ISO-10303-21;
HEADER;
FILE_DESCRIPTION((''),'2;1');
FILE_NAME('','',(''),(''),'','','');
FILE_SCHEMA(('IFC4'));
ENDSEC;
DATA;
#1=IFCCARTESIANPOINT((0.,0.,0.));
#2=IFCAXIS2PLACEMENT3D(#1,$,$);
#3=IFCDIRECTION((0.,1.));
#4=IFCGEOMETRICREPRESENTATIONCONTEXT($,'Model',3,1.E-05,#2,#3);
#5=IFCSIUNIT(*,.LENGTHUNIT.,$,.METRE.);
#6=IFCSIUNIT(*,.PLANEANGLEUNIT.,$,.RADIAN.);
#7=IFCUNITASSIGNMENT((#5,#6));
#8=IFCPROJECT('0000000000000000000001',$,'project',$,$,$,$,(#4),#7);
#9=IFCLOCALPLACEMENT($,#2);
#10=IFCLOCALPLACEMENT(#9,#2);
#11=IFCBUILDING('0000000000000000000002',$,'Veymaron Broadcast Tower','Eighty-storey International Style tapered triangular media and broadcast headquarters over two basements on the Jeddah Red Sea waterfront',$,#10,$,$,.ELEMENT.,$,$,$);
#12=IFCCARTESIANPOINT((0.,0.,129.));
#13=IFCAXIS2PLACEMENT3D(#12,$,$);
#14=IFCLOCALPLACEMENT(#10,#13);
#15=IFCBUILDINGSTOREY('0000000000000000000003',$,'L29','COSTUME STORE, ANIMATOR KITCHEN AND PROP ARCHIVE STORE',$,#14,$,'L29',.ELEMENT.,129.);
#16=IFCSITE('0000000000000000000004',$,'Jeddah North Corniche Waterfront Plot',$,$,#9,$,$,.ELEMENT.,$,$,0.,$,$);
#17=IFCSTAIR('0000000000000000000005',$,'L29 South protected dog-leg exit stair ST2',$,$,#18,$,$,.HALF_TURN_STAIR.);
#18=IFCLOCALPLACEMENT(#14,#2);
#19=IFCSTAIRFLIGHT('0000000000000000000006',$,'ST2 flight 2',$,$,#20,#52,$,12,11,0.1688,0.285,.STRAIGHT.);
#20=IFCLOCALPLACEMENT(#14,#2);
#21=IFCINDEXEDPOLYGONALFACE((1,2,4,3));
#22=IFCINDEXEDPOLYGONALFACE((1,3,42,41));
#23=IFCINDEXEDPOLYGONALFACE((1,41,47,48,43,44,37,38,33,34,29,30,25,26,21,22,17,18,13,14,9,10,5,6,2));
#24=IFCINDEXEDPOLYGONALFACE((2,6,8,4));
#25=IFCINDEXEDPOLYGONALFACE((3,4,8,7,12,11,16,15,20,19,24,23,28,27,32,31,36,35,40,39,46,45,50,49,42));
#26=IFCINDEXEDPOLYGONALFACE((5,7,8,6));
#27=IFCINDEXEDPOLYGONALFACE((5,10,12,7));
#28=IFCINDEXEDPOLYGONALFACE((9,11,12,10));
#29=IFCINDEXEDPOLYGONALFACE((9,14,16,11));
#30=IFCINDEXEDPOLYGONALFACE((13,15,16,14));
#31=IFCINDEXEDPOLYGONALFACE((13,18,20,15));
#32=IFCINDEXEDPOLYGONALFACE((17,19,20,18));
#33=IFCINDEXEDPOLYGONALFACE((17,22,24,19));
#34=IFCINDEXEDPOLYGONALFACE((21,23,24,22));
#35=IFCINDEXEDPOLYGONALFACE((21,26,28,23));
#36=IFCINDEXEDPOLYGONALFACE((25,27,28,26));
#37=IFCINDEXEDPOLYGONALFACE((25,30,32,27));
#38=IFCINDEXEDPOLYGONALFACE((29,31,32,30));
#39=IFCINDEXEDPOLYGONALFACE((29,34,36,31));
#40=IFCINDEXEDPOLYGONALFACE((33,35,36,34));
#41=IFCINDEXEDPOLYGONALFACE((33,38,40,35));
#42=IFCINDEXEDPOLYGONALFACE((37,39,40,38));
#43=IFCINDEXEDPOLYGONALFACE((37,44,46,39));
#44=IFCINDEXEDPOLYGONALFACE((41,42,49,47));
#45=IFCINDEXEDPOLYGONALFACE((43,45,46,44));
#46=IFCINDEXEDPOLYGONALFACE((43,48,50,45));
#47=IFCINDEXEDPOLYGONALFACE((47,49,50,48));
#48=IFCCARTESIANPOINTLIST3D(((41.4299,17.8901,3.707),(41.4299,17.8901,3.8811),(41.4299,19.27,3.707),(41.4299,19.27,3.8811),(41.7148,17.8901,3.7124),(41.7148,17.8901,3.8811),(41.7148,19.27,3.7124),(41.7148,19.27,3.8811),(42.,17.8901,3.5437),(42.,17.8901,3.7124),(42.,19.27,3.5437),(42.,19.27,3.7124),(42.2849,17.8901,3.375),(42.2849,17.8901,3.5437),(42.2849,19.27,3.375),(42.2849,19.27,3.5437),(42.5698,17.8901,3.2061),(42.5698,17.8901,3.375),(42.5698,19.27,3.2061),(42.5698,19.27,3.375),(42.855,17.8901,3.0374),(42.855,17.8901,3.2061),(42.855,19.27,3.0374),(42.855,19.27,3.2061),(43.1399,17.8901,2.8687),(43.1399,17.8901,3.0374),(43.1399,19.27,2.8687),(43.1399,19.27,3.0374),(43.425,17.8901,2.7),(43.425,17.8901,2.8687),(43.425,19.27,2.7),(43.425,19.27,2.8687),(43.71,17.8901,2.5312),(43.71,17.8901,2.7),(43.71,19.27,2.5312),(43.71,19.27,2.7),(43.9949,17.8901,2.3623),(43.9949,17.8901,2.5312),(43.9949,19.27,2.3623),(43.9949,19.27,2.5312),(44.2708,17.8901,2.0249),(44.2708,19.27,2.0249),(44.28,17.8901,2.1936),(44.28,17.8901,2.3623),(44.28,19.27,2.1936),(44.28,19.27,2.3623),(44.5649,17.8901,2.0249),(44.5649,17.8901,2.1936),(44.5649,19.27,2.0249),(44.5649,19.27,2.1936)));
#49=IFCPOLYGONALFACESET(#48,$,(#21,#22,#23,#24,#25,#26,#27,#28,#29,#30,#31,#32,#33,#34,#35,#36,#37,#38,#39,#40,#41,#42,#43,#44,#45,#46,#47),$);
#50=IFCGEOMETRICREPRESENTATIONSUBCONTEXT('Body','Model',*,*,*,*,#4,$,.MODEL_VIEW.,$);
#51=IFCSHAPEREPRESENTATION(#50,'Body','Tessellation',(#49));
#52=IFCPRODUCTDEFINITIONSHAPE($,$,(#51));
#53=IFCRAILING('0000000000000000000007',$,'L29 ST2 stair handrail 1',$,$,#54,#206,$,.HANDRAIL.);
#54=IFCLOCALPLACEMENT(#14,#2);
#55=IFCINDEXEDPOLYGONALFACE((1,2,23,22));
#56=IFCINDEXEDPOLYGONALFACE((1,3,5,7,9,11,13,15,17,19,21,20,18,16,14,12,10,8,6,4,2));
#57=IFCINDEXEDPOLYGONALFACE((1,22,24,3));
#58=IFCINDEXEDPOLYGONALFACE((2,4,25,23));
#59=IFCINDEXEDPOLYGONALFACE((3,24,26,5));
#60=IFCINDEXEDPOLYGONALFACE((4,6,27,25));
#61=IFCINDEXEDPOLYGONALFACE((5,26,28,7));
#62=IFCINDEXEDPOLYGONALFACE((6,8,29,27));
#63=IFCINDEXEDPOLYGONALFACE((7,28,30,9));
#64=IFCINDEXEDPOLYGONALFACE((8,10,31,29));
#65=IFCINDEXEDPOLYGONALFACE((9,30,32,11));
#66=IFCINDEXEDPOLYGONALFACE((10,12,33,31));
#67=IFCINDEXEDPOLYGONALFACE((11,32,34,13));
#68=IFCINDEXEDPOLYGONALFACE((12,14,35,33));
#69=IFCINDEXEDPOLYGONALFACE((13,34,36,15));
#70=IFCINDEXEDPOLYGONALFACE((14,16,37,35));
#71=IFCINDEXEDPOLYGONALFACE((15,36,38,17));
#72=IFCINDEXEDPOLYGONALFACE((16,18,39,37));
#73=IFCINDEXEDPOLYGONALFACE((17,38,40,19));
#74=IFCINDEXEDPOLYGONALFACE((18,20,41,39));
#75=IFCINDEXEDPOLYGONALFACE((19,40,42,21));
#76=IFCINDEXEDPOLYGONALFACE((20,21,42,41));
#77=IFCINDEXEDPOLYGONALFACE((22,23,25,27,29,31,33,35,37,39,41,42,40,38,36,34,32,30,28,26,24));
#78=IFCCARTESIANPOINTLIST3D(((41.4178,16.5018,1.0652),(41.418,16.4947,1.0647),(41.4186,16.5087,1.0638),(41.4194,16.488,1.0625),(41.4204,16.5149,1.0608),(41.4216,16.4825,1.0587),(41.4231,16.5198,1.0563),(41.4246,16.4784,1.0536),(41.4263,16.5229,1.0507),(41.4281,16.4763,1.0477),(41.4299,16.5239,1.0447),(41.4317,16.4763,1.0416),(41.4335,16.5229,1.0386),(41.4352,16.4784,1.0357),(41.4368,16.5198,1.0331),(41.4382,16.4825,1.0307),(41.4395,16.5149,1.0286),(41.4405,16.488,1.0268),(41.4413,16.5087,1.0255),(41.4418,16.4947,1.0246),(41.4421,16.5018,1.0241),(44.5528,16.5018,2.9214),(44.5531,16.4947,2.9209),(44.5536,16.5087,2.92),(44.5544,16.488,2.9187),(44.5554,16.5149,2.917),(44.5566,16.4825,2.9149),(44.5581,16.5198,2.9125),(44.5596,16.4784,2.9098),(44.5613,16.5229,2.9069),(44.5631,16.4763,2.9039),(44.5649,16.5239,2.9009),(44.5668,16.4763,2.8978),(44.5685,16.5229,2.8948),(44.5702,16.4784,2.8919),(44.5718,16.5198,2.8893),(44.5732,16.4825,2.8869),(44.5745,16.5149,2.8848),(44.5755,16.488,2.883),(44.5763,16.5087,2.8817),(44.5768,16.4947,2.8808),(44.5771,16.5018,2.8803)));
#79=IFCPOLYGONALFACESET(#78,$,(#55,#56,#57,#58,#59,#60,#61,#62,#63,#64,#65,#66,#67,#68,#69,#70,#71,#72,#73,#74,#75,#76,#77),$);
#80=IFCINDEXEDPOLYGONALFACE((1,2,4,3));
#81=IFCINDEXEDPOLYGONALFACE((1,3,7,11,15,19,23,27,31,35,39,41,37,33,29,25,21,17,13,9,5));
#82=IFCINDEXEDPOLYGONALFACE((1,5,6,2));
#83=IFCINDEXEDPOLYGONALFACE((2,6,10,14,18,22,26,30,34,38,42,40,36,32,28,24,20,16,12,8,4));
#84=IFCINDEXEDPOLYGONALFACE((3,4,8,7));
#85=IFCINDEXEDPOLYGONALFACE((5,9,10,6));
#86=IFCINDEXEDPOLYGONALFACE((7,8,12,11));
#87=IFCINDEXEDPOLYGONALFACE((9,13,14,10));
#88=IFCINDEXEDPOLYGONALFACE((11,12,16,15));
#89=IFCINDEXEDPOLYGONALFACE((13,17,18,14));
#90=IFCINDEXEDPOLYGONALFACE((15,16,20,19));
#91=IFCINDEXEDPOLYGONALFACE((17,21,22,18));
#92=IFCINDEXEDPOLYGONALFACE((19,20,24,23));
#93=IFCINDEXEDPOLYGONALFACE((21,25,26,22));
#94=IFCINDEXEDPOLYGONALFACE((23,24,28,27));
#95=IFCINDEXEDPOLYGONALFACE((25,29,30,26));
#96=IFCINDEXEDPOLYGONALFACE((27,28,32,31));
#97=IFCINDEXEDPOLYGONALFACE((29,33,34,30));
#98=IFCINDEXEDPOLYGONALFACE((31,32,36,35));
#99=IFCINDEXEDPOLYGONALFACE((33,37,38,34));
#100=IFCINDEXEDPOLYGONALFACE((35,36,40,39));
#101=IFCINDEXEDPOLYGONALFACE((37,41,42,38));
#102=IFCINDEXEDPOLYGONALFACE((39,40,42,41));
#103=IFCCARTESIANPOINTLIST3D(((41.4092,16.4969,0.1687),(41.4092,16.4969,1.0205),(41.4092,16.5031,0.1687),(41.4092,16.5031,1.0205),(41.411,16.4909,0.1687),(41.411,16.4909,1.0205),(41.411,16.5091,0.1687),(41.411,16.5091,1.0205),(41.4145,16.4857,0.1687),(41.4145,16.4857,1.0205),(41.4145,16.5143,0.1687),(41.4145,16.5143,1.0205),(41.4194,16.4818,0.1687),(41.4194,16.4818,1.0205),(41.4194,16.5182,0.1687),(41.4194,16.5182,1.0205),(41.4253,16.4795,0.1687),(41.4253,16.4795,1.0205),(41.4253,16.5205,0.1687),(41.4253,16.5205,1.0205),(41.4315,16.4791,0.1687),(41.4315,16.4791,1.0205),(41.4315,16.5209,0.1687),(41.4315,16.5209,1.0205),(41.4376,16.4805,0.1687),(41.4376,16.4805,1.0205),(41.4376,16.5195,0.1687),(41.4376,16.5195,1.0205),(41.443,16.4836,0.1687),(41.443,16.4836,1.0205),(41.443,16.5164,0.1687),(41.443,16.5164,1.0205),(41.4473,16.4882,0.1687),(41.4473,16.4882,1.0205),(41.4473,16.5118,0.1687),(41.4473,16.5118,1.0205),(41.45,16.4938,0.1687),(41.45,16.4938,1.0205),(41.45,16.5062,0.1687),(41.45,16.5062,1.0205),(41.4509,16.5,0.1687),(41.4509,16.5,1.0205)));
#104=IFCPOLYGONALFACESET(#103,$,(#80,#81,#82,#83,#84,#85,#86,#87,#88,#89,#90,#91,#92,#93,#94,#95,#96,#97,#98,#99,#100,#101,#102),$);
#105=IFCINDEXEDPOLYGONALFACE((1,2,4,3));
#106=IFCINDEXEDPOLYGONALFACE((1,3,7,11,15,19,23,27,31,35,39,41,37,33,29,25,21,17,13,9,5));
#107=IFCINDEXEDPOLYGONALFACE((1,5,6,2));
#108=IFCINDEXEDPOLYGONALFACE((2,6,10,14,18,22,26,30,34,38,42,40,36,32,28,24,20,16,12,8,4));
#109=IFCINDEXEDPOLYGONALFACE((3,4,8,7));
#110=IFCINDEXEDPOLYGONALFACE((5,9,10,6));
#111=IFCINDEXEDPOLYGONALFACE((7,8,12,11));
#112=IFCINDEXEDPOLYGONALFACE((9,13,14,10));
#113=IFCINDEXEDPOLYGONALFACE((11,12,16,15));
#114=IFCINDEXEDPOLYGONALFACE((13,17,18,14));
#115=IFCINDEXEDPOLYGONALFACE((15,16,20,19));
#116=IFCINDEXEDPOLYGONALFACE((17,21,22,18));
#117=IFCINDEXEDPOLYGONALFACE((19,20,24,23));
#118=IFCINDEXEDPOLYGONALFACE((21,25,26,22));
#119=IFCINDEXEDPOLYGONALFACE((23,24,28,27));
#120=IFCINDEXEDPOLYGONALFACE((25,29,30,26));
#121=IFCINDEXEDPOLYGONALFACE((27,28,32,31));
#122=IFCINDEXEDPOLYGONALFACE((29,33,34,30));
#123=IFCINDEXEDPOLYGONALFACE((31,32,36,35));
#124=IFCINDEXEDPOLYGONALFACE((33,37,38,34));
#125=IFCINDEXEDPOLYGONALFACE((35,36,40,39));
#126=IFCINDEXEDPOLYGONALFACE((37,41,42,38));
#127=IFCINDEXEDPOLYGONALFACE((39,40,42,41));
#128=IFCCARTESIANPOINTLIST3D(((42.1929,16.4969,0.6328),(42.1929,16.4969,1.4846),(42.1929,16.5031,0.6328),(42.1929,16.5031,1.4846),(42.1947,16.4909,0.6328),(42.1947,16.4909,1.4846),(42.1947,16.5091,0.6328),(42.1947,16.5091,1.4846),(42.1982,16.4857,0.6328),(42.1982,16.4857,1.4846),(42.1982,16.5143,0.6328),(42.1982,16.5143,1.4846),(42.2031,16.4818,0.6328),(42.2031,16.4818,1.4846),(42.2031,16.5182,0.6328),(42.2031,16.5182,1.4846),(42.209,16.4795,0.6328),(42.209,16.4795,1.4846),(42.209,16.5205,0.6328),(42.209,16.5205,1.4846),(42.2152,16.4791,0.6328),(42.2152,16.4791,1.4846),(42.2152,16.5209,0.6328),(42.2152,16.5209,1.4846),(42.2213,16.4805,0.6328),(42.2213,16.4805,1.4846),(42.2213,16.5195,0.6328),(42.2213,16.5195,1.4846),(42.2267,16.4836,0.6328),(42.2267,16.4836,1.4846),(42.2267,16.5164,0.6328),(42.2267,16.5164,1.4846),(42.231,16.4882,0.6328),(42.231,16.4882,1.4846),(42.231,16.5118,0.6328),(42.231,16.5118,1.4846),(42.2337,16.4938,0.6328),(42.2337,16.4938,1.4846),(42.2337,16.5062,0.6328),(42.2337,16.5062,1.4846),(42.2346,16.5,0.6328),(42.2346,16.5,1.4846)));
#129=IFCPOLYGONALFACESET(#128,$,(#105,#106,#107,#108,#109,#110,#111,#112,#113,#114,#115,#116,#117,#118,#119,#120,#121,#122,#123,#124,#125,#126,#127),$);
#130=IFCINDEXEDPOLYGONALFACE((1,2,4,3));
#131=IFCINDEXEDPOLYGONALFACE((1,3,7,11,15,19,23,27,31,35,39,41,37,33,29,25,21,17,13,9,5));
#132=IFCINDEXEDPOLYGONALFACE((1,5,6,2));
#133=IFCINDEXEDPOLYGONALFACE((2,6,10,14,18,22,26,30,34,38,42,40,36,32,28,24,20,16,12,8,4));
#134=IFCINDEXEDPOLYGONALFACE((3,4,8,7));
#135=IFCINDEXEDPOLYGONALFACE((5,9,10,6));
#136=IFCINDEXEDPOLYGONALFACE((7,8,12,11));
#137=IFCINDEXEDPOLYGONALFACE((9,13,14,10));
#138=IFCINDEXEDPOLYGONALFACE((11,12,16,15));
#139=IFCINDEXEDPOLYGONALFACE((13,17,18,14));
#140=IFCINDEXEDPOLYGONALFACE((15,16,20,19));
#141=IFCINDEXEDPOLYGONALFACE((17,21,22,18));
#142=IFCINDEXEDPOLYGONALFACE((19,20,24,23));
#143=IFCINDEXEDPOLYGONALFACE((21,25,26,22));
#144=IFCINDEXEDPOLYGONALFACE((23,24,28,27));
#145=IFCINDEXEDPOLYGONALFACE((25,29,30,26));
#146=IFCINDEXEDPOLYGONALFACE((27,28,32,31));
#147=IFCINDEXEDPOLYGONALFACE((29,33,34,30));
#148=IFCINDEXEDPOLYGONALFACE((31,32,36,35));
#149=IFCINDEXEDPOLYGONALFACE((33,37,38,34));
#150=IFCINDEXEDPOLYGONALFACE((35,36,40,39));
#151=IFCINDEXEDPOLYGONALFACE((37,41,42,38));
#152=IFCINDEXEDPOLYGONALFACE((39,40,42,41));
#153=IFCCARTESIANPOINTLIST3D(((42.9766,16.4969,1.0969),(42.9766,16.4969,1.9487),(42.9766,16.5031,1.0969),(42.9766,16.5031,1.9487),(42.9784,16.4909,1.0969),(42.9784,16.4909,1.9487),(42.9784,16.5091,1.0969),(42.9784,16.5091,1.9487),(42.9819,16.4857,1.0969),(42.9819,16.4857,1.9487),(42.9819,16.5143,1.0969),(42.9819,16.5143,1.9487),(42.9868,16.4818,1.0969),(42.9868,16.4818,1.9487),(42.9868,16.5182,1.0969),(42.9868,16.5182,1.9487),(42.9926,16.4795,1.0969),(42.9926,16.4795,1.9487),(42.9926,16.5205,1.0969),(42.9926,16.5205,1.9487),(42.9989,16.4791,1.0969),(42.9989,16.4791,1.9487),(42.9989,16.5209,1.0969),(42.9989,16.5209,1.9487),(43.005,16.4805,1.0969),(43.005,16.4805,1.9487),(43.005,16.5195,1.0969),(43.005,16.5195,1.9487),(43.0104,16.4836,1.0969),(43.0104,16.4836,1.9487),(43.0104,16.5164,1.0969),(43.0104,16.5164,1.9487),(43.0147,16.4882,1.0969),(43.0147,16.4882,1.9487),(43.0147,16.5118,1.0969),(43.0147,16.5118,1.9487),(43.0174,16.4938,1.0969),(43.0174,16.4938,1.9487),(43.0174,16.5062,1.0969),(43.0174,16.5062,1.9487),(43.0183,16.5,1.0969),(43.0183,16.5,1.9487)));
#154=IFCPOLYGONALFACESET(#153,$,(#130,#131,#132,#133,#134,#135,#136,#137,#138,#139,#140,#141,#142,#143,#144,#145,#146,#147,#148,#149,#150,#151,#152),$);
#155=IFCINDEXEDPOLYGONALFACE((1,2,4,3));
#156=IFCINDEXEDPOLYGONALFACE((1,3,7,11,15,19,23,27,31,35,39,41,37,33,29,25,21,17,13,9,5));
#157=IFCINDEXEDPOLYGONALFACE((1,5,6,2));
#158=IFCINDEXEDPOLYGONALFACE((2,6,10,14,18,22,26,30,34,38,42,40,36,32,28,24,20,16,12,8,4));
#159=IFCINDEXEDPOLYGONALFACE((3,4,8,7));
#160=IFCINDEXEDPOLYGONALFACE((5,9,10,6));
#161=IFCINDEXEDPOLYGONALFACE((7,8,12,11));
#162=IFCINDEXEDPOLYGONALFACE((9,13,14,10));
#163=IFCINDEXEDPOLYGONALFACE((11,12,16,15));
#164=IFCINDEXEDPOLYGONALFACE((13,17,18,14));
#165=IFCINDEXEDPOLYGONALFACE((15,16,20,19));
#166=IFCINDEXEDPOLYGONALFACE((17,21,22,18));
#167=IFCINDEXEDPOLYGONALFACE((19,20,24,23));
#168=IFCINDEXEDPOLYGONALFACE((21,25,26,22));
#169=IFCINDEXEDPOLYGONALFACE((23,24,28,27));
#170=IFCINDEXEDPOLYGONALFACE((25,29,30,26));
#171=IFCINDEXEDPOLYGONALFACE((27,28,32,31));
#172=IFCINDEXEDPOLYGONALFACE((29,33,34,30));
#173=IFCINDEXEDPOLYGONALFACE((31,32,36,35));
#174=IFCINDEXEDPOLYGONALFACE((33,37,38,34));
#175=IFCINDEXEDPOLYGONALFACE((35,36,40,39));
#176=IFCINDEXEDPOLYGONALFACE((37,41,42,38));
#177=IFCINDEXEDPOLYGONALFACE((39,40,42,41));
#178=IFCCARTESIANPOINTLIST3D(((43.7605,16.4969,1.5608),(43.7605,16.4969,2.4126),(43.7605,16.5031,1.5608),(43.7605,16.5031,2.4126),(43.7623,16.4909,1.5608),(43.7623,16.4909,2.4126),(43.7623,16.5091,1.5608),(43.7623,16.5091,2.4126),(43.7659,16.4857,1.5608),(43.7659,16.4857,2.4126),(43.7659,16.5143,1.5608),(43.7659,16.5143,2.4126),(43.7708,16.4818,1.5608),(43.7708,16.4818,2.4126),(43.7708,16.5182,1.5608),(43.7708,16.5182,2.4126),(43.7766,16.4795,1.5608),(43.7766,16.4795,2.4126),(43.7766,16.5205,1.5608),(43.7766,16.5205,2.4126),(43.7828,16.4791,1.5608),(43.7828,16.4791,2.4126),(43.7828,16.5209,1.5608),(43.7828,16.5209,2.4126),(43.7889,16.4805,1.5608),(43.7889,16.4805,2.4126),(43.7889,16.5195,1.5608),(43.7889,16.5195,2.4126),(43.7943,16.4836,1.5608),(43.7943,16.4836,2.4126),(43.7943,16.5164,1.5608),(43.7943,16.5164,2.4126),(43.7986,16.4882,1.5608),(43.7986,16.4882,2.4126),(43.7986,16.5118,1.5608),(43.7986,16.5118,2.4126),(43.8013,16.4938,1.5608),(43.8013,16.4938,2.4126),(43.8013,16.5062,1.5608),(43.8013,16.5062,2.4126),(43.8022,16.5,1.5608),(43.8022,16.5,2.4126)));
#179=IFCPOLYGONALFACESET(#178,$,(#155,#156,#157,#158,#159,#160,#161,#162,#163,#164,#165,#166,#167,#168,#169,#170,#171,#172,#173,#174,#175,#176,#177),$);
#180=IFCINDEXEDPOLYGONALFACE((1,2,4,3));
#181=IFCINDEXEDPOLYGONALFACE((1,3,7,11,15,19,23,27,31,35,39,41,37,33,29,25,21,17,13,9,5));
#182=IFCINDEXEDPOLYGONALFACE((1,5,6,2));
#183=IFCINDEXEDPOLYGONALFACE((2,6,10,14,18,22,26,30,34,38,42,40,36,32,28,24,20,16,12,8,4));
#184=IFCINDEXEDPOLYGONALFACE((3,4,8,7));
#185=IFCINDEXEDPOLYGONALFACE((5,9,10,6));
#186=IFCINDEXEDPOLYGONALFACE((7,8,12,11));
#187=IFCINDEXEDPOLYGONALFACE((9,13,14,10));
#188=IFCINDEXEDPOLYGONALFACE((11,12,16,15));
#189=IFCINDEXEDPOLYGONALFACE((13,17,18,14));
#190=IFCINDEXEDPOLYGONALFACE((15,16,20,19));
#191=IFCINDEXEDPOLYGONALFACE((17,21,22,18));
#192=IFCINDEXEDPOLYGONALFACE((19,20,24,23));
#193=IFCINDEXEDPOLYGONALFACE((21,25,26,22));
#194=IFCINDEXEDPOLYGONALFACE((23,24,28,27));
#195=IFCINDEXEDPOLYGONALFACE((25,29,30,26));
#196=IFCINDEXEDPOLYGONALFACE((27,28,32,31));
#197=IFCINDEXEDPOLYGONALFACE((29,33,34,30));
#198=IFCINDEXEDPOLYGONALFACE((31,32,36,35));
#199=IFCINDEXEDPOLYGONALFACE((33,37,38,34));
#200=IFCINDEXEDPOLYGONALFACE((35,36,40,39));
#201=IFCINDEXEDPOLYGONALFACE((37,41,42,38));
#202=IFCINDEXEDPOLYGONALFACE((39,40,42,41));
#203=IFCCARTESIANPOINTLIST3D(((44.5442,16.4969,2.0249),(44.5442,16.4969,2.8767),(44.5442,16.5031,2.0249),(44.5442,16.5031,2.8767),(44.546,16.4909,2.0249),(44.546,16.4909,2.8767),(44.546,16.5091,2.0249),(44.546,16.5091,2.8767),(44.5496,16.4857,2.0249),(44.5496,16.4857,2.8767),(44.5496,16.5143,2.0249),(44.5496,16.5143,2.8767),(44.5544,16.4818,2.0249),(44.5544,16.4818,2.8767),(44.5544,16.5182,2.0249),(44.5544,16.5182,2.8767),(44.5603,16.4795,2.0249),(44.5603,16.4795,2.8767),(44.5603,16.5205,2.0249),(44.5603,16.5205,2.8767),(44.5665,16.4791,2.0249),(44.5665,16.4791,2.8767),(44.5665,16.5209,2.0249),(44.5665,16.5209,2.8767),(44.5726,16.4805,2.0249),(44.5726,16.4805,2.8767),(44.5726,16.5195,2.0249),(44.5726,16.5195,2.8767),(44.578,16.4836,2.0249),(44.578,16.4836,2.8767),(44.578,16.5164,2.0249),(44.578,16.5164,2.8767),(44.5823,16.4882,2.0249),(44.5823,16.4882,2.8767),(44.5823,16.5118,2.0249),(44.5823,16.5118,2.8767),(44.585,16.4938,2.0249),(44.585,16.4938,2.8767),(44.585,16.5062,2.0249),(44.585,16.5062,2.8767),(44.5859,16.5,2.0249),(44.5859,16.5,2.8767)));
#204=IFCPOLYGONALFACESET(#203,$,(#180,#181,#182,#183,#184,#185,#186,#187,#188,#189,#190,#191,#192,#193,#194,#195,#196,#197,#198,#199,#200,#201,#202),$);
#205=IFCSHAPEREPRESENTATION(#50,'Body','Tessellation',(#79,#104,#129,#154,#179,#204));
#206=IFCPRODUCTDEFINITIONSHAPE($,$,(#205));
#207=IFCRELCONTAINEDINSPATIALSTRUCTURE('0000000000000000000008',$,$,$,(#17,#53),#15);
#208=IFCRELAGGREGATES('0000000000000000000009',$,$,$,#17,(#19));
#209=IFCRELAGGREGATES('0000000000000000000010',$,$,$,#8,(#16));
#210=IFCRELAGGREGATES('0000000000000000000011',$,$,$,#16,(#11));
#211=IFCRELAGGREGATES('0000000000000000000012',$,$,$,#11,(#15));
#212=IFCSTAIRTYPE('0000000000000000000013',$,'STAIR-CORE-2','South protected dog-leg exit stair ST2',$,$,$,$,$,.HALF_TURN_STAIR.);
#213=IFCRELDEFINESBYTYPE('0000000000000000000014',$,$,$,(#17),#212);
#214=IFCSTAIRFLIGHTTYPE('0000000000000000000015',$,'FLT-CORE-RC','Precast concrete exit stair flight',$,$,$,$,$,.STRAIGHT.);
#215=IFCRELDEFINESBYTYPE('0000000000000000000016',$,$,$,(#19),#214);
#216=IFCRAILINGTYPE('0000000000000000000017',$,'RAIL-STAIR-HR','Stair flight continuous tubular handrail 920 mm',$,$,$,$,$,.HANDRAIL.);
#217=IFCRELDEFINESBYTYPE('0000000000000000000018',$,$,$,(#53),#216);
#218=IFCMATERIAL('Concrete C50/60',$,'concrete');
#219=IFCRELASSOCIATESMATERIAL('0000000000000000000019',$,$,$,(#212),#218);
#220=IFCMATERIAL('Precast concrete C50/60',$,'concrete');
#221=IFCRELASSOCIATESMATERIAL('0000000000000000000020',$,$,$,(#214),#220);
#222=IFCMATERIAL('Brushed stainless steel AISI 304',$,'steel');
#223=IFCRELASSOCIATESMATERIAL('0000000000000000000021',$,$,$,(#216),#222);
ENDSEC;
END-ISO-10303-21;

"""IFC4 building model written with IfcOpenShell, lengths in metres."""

from ifc_helpers import new_model, si_unit, direction, frame, origin, origin_2d, place, context, subcontext, project, spatial, polyline, circle, outline, extrude, material, type_object, element, aggregate, save


model = new_model("IFC4")

# Units and contexts
model_context = context("Model", 3, precision=1e-05, world=origin(), true_north=direction((0.0, 1.0)))
body_context = subcontext(model_context, "Body", "Model", "MODEL_VIEW")
ifc_project = project(units=[si_unit("LENGTHUNIT", "METRE"), si_unit("PLANEANGLEUNIT", "RADIAN")], contexts=[model_context])

# Site, building, storey
site_placement = place(None, origin())
site = spatial("IfcSite", under=ifc_project, at=site_placement, Name="Jeddah North Corniche Waterfront Plot", CompositionType="ELEMENT", RefElevation=0.0)
building_placement = place(site_placement, origin())
building = spatial("IfcBuilding", under=site, at=building_placement, Name="Veymaron Broadcast Tower", Description="Eighty-storey International Style tapered triangular media and broadcast headquarters over two basements on the Jeddah Red Sea waterfront", CompositionType="ELEMENT")
storey_placement = place(building_placement, frame((0.0, 0.0, 129.0)))
storey = spatial("IfcBuildingStorey", under=building, at=storey_placement, Name="L29", Description="COSTUME STORE, ANIMATOR KITCHEN AND PROP ARCHIVE STORE", LongName="L29", CompositionType="ELEMENT", Elevation=129.0)

# Shared definitions
ifc_material_1 = material(Name="Concrete C50/60", Category="concrete")

# Stair, stair flight
stair_type = type_object("IfcStairType", Name="STAIR-CORE-2", Description="South protected dog-leg exit stair ST2", PredefinedType="HALF_TURN_STAIR", material=ifc_material_1)
stair_placement = place(storey_placement, origin())
stair = element("IfcStair", 1, at=stair_placement, inside=storey, type_object=stair_type, Name="L29 South protected dog-leg exit stair ST2", PredefinedType="HALF_TURN_STAIR")
ifc_material_2 = material(Name="Precast concrete C50/60", Category="concrete")
stair_flight_type = type_object("IfcStairFlightType", Name="FLT-CORE-RC", Description="Precast concrete exit stair flight", PredefinedType="STRAIGHT", material=ifc_material_2)
stair_flight_1_placement = place(storey_placement, frame((44.5649, 18.5801, 2.0249), z_axis=(0.0, 0.0, 1.0), x_axis=(-1.0, 0.0, 0.0)))
stair_flight_1 = element("IfcStairFlight", 2, at=stair_flight_1_placement, type_object=stair_flight_type, Name="ST2 flight 2", NumberOfRisers=12, NumberOfTreads=11, PredefinedType="STRAIGHT", RiserHeight=0.1688, TreadLength=0.285, context=body_context, shape_type="SweptSolid", body=[
    extrude(outline(polyline([(0.0, 0.0), (0.0, 0.1687), (0.2849, 0.1687), (0.2849, 0.3374), (0.5701, 0.3374), (0.5701, 0.5063), (0.855, 0.5063), (0.855, 0.675), (1.1399, 0.675), (1.1399, 0.8438), (1.425, 0.8438), (1.425, 1.0125), (1.71, 1.0125), (1.71, 1.1812), (1.9951, 1.1812), (1.9951, 1.3501), (2.28, 1.3501), (2.28, 1.5188), (2.5649, 1.5188), (2.5649, 1.6875), (2.8501, 1.6875), (2.8501, 1.8562), (3.135, 1.8562), (3.135, 2.0249), (3.135, 1.6821), (0.2942, 0.0), (0.0, 0.0)])), frame((0.0, 0.6899, 0.0), z_axis=(0.0, -1.0, 0.0), x_axis=(1.0, 0.0, 0.0)), (0.0, 0.0, 1.0), 1.3799),
])
aggregate(stair, [stair_flight_1])

# Railing
ifc_material_3 = material(Name="Brushed stainless steel AISI 304", Category="steel")
railing_type_1 = type_object("IfcRailingType", Name="RAIL-STAIR-HR", Description="Stair flight continuous tubular handrail 920 mm", PredefinedType="HANDRAIL", material=ifc_material_3)
railing_1_placement = place(storey_placement, frame((41.4299, 16.5, 0.1687)))
element("IfcRailing", 3, at=railing_1_placement, inside=storey, type_object=railing_type_1, Name="L29 ST2 stair handrail 1", PredefinedType="HANDRAIL", context=body_context, shape_type="SweptSolid", body=[
    extrude(circle(Radius=0.0239, at=origin_2d()), frame((0.0, 0.0, 0.876), z_axis=(0.860482, 0.0, 0.509481), x_axis=(0.0, 1.0, 0.0)), (0.0, 0.0, 1.0), 3.6433),
    extrude(circle(Radius=0.021, at=origin_2d()), origin(), (0.0, 0.0, 1.0), 0.8518),
    extrude(circle(Radius=0.021, at=origin_2d()), frame((0.7837, 0.0, 0.4641)), (0.0, 0.0, 1.0), 0.8518),
    extrude(circle(Radius=0.021, at=origin_2d()), frame((1.5674, 0.0, 0.9282)), (0.0, 0.0, 1.0), 0.8518),
    extrude(circle(Radius=0.021, at=origin_2d()), frame((2.3513, 0.0, 1.3921)), (0.0, 0.0, 1.0), 0.8518),
    extrude(circle(Radius=0.021, at=origin_2d()), frame((3.135, 0.0, 1.8562)), (0.0, 0.0, 1.0), 0.8518),
])

save(model, "model.ifc")
